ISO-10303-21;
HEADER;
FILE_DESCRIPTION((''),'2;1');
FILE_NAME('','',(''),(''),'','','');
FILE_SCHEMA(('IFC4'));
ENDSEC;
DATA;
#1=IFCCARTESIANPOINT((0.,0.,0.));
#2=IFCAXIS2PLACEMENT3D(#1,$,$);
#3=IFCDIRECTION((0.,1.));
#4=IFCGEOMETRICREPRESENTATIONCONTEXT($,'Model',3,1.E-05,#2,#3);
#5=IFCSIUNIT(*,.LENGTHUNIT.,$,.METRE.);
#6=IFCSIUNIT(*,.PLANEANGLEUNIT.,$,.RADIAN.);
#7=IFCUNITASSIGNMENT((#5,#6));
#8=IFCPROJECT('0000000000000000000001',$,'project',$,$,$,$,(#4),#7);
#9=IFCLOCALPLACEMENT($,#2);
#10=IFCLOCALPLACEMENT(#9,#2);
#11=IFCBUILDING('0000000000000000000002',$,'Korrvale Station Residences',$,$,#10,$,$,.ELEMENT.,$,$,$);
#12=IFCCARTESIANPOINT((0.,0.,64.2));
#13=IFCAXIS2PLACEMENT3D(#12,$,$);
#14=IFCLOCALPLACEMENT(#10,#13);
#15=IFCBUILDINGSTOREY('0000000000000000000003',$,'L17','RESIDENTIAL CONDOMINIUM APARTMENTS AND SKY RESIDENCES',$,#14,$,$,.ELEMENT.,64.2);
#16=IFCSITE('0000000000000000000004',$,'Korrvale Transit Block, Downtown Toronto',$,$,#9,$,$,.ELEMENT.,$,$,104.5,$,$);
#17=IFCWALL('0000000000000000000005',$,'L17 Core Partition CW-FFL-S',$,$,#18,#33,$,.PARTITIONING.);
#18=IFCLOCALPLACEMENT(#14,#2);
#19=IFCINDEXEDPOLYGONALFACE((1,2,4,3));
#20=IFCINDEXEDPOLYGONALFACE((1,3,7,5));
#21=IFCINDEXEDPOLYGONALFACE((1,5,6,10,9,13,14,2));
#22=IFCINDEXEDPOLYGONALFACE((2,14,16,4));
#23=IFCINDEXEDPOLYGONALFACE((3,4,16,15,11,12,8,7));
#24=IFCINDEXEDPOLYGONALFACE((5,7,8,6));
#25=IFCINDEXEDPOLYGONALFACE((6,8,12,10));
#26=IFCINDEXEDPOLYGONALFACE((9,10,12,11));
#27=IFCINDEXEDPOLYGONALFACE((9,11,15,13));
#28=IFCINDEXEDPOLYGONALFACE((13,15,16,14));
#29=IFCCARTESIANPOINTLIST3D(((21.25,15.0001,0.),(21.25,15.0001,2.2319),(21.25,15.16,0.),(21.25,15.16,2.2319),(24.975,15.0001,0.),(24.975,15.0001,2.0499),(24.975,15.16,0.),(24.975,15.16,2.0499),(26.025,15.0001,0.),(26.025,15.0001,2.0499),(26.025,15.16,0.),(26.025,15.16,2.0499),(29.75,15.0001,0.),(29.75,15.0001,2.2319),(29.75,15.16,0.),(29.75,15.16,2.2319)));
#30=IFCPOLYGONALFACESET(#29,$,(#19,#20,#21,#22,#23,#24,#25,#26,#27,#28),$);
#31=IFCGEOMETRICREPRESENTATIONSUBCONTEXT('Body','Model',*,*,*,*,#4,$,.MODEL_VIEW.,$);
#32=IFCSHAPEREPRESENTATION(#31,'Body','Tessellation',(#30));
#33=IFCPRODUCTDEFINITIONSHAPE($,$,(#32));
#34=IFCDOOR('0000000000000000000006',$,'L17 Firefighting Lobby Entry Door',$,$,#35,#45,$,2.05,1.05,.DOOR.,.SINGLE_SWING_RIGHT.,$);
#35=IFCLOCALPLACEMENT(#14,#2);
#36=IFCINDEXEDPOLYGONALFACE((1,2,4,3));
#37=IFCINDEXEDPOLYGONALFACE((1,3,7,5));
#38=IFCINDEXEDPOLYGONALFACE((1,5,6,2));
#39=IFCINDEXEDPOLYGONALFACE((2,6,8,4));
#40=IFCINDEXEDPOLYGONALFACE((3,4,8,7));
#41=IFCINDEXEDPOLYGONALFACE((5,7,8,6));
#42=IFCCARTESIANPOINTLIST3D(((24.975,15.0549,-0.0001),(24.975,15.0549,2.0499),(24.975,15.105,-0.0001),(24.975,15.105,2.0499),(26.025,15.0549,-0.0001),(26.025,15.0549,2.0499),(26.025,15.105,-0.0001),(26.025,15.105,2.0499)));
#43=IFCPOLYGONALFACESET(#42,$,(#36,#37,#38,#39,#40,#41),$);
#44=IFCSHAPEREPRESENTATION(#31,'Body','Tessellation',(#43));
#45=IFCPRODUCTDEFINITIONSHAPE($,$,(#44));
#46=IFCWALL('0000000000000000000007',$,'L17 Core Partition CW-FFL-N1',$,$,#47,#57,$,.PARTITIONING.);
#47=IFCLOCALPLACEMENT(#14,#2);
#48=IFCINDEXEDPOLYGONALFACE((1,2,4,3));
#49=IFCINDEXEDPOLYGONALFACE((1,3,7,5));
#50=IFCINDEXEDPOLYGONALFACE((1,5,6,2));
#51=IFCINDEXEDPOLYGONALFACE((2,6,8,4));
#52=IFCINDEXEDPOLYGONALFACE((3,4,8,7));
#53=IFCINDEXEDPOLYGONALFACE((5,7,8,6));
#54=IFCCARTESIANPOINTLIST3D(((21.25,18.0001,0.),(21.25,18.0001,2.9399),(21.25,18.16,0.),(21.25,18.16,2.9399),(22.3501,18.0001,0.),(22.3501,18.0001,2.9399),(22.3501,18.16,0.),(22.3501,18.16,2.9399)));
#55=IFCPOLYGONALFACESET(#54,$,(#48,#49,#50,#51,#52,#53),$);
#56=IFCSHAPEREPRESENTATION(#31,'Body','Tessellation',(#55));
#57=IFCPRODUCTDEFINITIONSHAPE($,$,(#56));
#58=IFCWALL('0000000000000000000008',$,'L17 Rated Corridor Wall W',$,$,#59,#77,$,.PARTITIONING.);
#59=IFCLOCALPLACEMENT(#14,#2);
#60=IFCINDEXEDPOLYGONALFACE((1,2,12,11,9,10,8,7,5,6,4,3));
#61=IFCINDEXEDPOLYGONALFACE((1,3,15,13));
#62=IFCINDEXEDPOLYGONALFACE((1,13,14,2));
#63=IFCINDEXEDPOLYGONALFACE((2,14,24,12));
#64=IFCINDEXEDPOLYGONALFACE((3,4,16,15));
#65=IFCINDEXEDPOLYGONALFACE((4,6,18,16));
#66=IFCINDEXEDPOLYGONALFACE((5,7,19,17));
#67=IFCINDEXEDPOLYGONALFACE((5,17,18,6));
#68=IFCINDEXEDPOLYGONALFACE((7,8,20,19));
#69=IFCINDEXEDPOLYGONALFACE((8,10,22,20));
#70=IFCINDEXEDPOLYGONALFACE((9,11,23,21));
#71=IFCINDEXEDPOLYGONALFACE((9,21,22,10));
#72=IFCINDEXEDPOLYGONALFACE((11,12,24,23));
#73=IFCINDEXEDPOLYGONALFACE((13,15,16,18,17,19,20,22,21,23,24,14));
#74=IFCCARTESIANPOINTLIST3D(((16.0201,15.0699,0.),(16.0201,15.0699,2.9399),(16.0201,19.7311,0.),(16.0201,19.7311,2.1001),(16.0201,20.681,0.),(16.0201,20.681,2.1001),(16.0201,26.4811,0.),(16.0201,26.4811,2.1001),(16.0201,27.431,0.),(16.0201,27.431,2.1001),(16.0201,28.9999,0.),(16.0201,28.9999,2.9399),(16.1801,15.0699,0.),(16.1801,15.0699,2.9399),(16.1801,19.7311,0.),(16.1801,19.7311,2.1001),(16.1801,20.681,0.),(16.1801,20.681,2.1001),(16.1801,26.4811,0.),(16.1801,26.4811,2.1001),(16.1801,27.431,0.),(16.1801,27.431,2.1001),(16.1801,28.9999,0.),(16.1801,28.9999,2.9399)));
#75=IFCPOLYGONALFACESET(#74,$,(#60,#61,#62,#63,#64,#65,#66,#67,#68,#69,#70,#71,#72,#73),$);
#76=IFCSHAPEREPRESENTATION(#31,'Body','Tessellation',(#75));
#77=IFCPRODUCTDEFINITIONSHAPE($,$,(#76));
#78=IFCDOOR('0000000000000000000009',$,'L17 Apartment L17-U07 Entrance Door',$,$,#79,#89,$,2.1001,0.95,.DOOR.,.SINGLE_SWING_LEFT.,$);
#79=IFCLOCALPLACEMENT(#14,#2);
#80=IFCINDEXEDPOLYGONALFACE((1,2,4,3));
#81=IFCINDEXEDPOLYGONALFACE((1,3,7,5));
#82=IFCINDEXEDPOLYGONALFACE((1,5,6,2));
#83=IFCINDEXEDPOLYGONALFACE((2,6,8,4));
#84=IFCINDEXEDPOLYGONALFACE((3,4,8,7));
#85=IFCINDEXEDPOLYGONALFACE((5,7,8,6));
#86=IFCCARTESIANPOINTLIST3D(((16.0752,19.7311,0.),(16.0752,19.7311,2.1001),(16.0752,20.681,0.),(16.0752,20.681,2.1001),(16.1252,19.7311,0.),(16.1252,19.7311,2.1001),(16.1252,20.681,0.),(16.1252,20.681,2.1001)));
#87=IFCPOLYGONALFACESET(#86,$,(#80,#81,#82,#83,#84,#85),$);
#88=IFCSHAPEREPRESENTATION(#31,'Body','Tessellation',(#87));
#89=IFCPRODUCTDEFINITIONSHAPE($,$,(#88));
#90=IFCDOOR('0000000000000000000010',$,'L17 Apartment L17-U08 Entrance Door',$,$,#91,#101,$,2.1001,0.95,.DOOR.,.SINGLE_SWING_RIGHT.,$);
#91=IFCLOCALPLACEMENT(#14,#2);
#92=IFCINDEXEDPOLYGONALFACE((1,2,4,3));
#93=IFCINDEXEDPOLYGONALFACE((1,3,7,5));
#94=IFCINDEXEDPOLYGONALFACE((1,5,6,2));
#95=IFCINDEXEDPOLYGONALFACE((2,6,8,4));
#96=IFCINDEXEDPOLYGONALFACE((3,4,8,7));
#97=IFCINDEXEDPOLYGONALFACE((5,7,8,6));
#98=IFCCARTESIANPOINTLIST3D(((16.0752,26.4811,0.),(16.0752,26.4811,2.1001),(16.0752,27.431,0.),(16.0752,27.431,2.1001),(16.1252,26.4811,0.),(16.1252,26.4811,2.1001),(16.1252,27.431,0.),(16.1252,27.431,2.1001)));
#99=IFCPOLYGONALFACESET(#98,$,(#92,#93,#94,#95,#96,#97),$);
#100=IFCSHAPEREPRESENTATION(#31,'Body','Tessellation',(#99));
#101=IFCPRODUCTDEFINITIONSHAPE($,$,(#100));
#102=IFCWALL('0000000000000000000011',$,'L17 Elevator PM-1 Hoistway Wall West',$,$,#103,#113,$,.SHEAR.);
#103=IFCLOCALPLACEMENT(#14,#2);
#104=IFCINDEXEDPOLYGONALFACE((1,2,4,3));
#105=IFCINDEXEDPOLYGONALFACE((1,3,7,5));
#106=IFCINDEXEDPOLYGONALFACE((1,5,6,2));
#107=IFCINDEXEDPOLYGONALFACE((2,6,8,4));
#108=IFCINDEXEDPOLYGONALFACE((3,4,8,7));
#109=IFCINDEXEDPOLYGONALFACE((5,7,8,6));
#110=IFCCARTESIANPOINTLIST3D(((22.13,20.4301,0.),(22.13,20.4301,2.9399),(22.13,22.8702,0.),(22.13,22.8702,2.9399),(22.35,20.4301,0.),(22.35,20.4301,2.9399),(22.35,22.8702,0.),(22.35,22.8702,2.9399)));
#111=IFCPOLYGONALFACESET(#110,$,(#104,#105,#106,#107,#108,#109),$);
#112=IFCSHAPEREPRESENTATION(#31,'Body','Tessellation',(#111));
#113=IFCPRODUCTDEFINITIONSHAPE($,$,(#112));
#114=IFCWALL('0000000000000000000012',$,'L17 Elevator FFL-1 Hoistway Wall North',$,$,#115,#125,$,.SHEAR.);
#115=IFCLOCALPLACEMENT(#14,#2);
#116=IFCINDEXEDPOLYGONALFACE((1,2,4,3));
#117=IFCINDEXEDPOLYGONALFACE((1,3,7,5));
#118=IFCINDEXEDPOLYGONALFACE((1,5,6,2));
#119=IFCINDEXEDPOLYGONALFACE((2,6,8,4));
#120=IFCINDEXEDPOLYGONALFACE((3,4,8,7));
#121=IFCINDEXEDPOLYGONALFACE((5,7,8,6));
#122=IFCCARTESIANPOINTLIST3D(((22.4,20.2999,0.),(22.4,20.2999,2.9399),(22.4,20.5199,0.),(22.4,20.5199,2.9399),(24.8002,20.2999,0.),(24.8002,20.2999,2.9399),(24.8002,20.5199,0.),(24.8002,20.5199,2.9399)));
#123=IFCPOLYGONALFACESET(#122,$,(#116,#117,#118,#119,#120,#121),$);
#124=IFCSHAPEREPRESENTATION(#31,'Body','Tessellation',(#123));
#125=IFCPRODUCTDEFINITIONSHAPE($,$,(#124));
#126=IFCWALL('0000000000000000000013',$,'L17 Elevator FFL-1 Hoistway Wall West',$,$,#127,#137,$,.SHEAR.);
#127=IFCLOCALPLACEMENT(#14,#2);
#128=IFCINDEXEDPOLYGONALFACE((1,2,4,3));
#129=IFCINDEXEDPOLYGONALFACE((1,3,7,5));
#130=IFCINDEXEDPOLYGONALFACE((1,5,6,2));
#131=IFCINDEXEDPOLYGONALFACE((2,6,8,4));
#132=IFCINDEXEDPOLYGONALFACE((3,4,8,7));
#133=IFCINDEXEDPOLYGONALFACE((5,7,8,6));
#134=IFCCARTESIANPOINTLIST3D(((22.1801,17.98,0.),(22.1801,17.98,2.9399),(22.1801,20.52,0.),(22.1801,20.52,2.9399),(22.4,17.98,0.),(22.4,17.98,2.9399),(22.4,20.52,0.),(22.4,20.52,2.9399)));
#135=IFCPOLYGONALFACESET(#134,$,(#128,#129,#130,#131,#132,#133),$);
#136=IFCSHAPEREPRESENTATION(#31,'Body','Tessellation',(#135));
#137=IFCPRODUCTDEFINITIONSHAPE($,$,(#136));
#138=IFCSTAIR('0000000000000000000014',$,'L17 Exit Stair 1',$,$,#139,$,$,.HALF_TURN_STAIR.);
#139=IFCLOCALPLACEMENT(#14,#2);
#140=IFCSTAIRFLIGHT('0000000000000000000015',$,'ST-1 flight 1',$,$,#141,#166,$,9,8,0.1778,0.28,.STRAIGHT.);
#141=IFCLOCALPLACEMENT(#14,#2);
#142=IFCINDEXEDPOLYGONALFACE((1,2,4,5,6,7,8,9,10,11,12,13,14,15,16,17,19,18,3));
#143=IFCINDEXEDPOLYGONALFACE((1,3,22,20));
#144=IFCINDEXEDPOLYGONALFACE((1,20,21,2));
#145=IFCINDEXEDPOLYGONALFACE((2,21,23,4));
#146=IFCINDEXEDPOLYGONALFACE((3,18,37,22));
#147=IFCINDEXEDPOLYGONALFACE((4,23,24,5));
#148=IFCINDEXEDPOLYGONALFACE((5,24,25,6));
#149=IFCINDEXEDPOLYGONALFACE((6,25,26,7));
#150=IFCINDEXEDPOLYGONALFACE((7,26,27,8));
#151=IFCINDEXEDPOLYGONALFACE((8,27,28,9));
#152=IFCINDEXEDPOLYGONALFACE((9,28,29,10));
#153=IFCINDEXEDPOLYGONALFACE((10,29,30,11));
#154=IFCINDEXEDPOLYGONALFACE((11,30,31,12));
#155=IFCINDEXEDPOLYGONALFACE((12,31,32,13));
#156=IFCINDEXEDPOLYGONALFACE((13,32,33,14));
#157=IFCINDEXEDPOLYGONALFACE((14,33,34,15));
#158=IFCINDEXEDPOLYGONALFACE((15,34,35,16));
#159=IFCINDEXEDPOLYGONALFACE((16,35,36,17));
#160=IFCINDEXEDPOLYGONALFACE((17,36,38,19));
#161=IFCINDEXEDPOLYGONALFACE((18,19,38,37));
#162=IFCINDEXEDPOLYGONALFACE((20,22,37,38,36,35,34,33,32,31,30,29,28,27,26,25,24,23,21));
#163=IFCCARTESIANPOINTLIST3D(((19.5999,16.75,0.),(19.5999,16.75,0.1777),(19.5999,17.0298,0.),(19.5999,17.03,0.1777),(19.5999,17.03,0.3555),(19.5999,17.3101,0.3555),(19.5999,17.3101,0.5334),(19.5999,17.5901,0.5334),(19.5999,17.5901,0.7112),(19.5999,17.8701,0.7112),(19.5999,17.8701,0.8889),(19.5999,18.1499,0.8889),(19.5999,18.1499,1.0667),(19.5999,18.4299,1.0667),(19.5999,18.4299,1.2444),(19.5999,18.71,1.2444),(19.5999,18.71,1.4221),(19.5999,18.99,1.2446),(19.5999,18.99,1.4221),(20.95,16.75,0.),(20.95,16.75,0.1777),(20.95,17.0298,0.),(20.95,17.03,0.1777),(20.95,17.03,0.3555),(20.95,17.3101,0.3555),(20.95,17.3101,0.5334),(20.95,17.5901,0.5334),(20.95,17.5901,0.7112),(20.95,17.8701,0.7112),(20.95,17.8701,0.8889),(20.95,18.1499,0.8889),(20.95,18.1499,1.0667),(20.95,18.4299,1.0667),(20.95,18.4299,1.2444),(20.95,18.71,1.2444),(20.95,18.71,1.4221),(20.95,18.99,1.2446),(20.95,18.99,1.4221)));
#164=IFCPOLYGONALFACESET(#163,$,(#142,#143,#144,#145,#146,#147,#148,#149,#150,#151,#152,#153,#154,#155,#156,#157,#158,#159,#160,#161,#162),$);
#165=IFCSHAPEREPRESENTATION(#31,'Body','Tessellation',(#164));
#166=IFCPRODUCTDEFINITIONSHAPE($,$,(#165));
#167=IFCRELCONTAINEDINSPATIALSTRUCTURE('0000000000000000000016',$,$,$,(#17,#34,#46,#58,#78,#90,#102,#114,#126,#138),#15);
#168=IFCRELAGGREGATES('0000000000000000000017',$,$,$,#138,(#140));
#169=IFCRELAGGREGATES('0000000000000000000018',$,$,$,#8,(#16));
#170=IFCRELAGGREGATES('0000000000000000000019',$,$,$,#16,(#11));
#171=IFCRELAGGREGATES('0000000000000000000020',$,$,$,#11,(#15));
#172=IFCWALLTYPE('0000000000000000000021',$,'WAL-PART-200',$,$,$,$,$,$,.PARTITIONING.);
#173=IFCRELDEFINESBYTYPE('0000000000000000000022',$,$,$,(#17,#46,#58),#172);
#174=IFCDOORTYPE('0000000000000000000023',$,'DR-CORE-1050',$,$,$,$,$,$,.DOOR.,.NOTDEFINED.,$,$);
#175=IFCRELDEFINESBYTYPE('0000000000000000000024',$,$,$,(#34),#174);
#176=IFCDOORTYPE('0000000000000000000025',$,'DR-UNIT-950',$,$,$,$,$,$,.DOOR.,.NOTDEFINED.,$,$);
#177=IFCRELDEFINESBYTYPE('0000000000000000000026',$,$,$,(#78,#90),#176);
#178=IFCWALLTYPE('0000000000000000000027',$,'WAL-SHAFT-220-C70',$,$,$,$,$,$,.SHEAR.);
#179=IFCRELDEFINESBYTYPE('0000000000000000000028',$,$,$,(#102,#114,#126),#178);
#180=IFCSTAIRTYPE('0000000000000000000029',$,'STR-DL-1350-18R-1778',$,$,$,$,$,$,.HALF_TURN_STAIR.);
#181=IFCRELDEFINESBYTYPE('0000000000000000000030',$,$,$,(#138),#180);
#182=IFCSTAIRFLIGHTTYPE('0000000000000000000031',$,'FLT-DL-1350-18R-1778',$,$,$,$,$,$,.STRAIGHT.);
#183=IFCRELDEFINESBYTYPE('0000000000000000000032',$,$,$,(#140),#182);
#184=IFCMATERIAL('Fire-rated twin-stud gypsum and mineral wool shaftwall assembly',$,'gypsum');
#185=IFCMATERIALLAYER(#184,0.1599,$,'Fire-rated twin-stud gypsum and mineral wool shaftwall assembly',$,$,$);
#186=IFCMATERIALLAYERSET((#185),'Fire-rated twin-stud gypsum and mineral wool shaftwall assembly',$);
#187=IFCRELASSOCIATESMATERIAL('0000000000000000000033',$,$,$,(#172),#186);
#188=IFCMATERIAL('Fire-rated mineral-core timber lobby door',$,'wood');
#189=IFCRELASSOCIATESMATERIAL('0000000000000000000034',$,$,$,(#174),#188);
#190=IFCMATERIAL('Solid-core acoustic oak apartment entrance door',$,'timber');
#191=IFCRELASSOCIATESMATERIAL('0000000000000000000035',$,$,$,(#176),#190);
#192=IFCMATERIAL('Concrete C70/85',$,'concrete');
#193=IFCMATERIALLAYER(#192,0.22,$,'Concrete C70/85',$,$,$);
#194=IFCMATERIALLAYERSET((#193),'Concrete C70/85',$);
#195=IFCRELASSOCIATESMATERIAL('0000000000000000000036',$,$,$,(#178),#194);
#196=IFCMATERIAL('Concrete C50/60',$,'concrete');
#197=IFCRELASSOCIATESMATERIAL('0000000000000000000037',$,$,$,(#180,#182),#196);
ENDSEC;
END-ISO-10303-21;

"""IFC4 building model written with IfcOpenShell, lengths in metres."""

from ifc_helpers import new_model, si_unit, direction, frame, frame_2d, origin, place, context, subcontext, project, spatial, polyline, rectangle, outline, extrude, material, layer, layer_set, type_object, element, fill, aggregate, save


model = new_model("IFC4")

# Units and contexts
model_context = context("Model", 3, precision=1e-05, world=origin(), true_north=direction((0.0, 1.0)))
body_context = subcontext(model_context, "Body", "Model", "MODEL_VIEW")
ifc_project = project(units=[si_unit("LENGTHUNIT", "METRE"), si_unit("PLANEANGLEUNIT", "RADIAN")], contexts=[model_context])

# Site, building, storey
site_placement = place(None, origin())
site = spatial("IfcSite", under=ifc_project, at=site_placement, Name="Korrvale Transit Block, Downtown Toronto", CompositionType="ELEMENT", RefElevation=104.5)
building_placement = place(site_placement, origin())
building = spatial("IfcBuilding", under=site, at=building_placement, Name="Korrvale Station Residences", CompositionType="ELEMENT")
storey_placement = place(building_placement, frame((0.0, 0.0, 64.2)))
storey = spatial("IfcBuildingStorey", under=building, at=storey_placement, Name="L17", Description="RESIDENTIAL CONDOMINIUM APARTMENTS AND SKY RESIDENCES", CompositionType="ELEMENT", Elevation=64.2)

# Shared definitions
ifc_material_1 = material(Name="Concrete C70/85", Category="concrete")

# Wall, opening, door
ifc_material_2 = material(Name="Fire-rated twin-stud gypsum and mineral wool shaftwall assembly", Category="gypsum")
ifc_layer_1 = layer(ifc_material_2, 0.1599, Name="Fire-rated twin-stud gypsum and mineral wool shaftwall assembly")
ifc_layer_set_1 = layer_set([ifc_layer_1], Name="Fire-rated twin-stud gypsum and mineral wool shaftwall assembly")
wall_type_1 = type_object("IfcWallType", Name="WAL-PART-200", PredefinedType="PARTITIONING", material=ifc_layer_set_1)
wall_1_placement = place(storey_placement, frame((21.25, 15.0801, 0.0), z_axis=(0.0, 0.0, 1.0), x_axis=(1.0, 0.0, 0.0)))
wall_1 = element("IfcWall", 1, at=wall_1_placement, inside=storey, type_object=wall_type_1, Name="L17 Core Partition CW-FFL-S", PredefinedType="PARTITIONING", context=body_context, shape_type="SweptSolid", body=[
    extrude(rectangle(XDim=8.5, YDim=0.1599, at=frame_2d((4.25, 0.0))), origin(), (0.0, 0.0, 1.0), 2.2319),
])
opening_1_placement = place(wall_1_placement, frame((3.7251, 0.0, 0.0)))
opening_1 = element("IfcOpeningElement", 2, at=opening_1_placement, cuts=wall_1, PredefinedType="OPENING", context=body_context, shape_type="SweptSolid", body=[
    extrude(rectangle(XDim=1.05, YDim=2.05, at=frame_2d((0.5249, 1.0249))), frame((0.0, 0.0898, 0.0), z_axis=(0.0, -1.0, 0.0), x_axis=(1.0, 0.0, 0.0)), (0.0, 0.0, 1.0), 0.1799),
])
ifc_material_3 = material(Name="Fire-rated mineral-core timber lobby door", Category="wood")
door_type_1 = type_object("IfcDoorType", Name="DR-CORE-1050", OperationType="NOTDEFINED", PredefinedType="DOOR", material=ifc_material_3)
door_1_placement = place(opening_1_placement, origin())
door_1 = element("IfcDoor", 3, at=door_1_placement, inside=storey, type_object=door_type_1, Name="L17 Firefighting Lobby Entry Door", OperationType="SINGLE_SWING_RIGHT", OverallHeight=2.05, OverallWidth=1.05, PredefinedType="DOOR", context=body_context, shape_type="SweptSolid", body=[
    extrude(rectangle(XDim=1.05, YDim=2.05, at=frame_2d((0.5249, 1.0249))), frame((0.0, 0.0249, 0.0), z_axis=(0.0, -1.0, 0.0), x_axis=(1.0, 0.0, 0.0)), (0.0, 0.0, 1.0), 0.05),
])
fill(opening_1, door_1)

# Wall
wall_2_placement = place(storey_placement, frame((21.25, 18.0801, 0.0), z_axis=(0.0, 0.0, 1.0), x_axis=(1.0, 0.0, 0.0)))
element("IfcWall", 4, at=wall_2_placement, inside=storey, type_object=wall_type_1, Name="L17 Core Partition CW-FFL-N1", PredefinedType="PARTITIONING", context=body_context, shape_type="SweptSolid", body=[
    extrude(rectangle(XDim=1.1001, YDim=0.1599, at=frame_2d((0.55, 0.0))), origin(), (0.0, 0.0, 1.0), 2.9399),
])

# Wall, openings, doors
wall_3_placement = place(storey_placement, frame((16.1001, 15.0701, 0.0), z_axis=(0.0, 0.0, 1.0), x_axis=(0.0, 1.0, 0.0)))
wall_3 = element("IfcWall", 5, at=wall_3_placement, inside=storey, type_object=wall_type_1, Name="L17 Rated Corridor Wall W", PredefinedType="PARTITIONING", context=body_context, shape_type="SweptSolid", body=[
    extrude(rectangle(XDim=13.9299, YDim=0.1599, at=frame_2d((6.9648, 0.0))), origin(), (0.0, 0.0, 1.0), 2.9399),
])
opening_2_placement = place(wall_3_placement, frame((4.6609, 0.0, 0.0)))
opening_2 = element("IfcOpeningElement", 6, at=opening_2_placement, cuts=wall_3, PredefinedType="OPENING", context=body_context, shape_type="SweptSolid", body=[
    extrude(rectangle(XDim=0.95, YDim=2.1001, at=frame_2d((0.4751, 1.05))), frame((0.0, 0.0898, 0.0), z_axis=(0.0, -1.0, 0.0), x_axis=(1.0, 0.0, 0.0)), (0.0, 0.0, 1.0), 0.1799),
])
opening_3_placement = place(wall_3_placement, frame((11.4109, 0.0, 0.0)))
opening_3 = element("IfcOpeningElement", 7, at=opening_3_placement, cuts=wall_3, PredefinedType="OPENING", context=body_context, shape_type="SweptSolid", body=[
    extrude(rectangle(XDim=0.95, YDim=2.1001, at=frame_2d((0.4751, 1.05))), frame((0.0, 0.0898, 0.0), z_axis=(0.0, -1.0, 0.0), x_axis=(1.0, 0.0, 0.0)), (0.0, 0.0, 1.0), 0.1799),
])
ifc_material_4 = material(Name="Solid-core acoustic oak apartment entrance door", Category="timber")
door_type_2 = type_object("IfcDoorType", Name="DR-UNIT-950", OperationType="NOTDEFINED", PredefinedType="DOOR", material=ifc_material_4)
door_2_placement = place(opening_2_placement, origin())
door_2 = element("IfcDoor", 8, at=door_2_placement, inside=storey, type_object=door_type_2, Name="L17 Apartment L17-U07 Entrance Door", OperationType="SINGLE_SWING_LEFT", OverallHeight=2.1001, OverallWidth=0.95, PredefinedType="DOOR", context=body_context, shape_type="SweptSolid", body=[
    extrude(rectangle(XDim=0.95, YDim=2.1001, at=frame_2d((0.4751, 1.05))), frame((0.0, 0.0249, 0.0), z_axis=(0.0, -1.0, 0.0), x_axis=(1.0, 0.0, 0.0)), (0.0, 0.0, 1.0), 0.05),
])
fill(opening_2, door_2)
door_3_placement = place(opening_3_placement, origin())
door_3 = element("IfcDoor", 9, at=door_3_placement, inside=storey, type_object=door_type_2, Name="L17 Apartment L17-U08 Entrance Door", OperationType="SINGLE_SWING_RIGHT", OverallHeight=2.1001, OverallWidth=0.95, PredefinedType="DOOR", context=body_context, shape_type="SweptSolid", body=[
    extrude(rectangle(XDim=0.95, YDim=2.1001, at=frame_2d((0.4751, 1.05))), frame((0.0, 0.0249, 0.0), z_axis=(0.0, -1.0, 0.0), x_axis=(1.0, 0.0, 0.0)), (0.0, 0.0, 1.0), 0.05),
])
fill(opening_3, door_3)

# Wall
ifc_layer_2 = layer(ifc_material_1, 0.22, Name="Concrete C70/85")
ifc_layer_set_2 = layer_set([ifc_layer_2], Name="Concrete C70/85")
wall_type_2 = type_object("IfcWallType", Name="WAL-SHAFT-220-C70", PredefinedType="SHEAR", material=ifc_layer_set_2)
wall_4_placement = place(storey_placement, frame((22.24, 20.4299, 0.0), z_axis=(0.0, 0.0, 1.0), x_axis=(0.0, 1.0, 0.0)))
element("IfcWall", 10, at=wall_4_placement, inside=storey, type_object=wall_type_2, Name="L17 Elevator PM-1 Hoistway Wall West", PredefinedType="SHEAR", context=body_context, shape_type="SweptSolid", body=[
    extrude(rectangle(XDim=2.4402, YDim=0.22, at=frame_2d((1.2202, 0.0))), origin(), (0.0, 0.0, 1.0), 2.9399),
])

# Walls
wall_5_placement = place(storey_placement, frame((22.3999, 20.4099, 0.0), z_axis=(0.0, 0.0, 1.0), x_axis=(1.0, 0.0, 0.0)))
element("IfcWall", 11, at=wall_5_placement, inside=storey, type_object=wall_type_2, Name="L17 Elevator FFL-1 Hoistway Wall North", PredefinedType="SHEAR", context=body_context, shape_type="SweptSolid", body=[
    extrude(rectangle(XDim=2.4001, YDim=0.22, at=frame_2d((1.2002, 0.0))), origin(), (0.0, 0.0, 1.0), 2.9399),
])
wall_6_placement = place(storey_placement, frame((22.29, 17.98, 0.0), z_axis=(0.0, 0.0, 1.0), x_axis=(0.0, 1.0, 0.0)))
element("IfcWall", 12, at=wall_6_placement, inside=storey, type_object=wall_type_2, Name="L17 Elevator FFL-1 Hoistway Wall West", PredefinedType="SHEAR", context=body_context, shape_type="SweptSolid", body=[
    extrude(rectangle(XDim=2.54, YDim=0.22, at=frame_2d((1.27, 0.0))), origin(), (0.0, 0.0, 1.0), 2.9399),
])

# Stair, stair flight
ifc_material_5 = material(Name="Concrete C50/60", Category="concrete")
stair_type = type_object("IfcStairType", Name="STR-DL-1350-18R-1778", PredefinedType="HALF_TURN_STAIR", material=ifc_material_5)
stair_placement = place(storey_placement, origin())
stair = element("IfcStair", 13, at=stair_placement, inside=storey, type_object=stair_type, Name="L17 Exit Stair 1", PredefinedType="HALF_TURN_STAIR")
stair_flight_type = type_object("IfcStairFlightType", Name="FLT-DL-1350-18R-1778", PredefinedType="STRAIGHT", material=ifc_material_5)
stair_flight_1_placement = place(storey_placement, frame((20.2749, 16.75, 0.0), z_axis=(0.0, 0.0, 1.0), x_axis=(0.0, 1.0, 0.0)))
stair_flight_1 = element("IfcStairFlight", 14, at=stair_flight_1_placement, type_object=stair_flight_type, Name="ST-1 flight 1", NumberOfRisers=9, NumberOfTreads=8, PredefinedType="STRAIGHT", RiserHeight=0.1778, TreadLength=0.28, context=body_context, shape_type="SweptSolid", body=[
    extrude(outline(polyline([(0.0, 0.0), (0.0, 0.1777), (0.28, 0.1777), (0.28, 0.3555), (0.5601, 0.3555), (0.5601, 0.5334), (0.8401, 0.5334), (0.8401, 0.7112), (1.1201, 0.7112), (1.1201, 0.8889), (1.3999, 0.8889), (1.3999, 1.0667), (1.6799, 1.0667), (1.6799, 1.2444), (1.96, 1.2444), (1.96, 1.4221), (2.24, 1.4221), (2.24, 1.6001), (2.24, 1.2446), (0.2798, 0.0), (0.0, 0.0)])), frame((0.0, 0.675, 0.0), z_axis=(0.0, -1.0, 0.0), x_axis=(1.0, 0.0, 0.0)), (0.0, 0.0, 1.0), 1.3501),
])
aggregate(stair, [stair_flight_1])

save(model, "model.ifc")
